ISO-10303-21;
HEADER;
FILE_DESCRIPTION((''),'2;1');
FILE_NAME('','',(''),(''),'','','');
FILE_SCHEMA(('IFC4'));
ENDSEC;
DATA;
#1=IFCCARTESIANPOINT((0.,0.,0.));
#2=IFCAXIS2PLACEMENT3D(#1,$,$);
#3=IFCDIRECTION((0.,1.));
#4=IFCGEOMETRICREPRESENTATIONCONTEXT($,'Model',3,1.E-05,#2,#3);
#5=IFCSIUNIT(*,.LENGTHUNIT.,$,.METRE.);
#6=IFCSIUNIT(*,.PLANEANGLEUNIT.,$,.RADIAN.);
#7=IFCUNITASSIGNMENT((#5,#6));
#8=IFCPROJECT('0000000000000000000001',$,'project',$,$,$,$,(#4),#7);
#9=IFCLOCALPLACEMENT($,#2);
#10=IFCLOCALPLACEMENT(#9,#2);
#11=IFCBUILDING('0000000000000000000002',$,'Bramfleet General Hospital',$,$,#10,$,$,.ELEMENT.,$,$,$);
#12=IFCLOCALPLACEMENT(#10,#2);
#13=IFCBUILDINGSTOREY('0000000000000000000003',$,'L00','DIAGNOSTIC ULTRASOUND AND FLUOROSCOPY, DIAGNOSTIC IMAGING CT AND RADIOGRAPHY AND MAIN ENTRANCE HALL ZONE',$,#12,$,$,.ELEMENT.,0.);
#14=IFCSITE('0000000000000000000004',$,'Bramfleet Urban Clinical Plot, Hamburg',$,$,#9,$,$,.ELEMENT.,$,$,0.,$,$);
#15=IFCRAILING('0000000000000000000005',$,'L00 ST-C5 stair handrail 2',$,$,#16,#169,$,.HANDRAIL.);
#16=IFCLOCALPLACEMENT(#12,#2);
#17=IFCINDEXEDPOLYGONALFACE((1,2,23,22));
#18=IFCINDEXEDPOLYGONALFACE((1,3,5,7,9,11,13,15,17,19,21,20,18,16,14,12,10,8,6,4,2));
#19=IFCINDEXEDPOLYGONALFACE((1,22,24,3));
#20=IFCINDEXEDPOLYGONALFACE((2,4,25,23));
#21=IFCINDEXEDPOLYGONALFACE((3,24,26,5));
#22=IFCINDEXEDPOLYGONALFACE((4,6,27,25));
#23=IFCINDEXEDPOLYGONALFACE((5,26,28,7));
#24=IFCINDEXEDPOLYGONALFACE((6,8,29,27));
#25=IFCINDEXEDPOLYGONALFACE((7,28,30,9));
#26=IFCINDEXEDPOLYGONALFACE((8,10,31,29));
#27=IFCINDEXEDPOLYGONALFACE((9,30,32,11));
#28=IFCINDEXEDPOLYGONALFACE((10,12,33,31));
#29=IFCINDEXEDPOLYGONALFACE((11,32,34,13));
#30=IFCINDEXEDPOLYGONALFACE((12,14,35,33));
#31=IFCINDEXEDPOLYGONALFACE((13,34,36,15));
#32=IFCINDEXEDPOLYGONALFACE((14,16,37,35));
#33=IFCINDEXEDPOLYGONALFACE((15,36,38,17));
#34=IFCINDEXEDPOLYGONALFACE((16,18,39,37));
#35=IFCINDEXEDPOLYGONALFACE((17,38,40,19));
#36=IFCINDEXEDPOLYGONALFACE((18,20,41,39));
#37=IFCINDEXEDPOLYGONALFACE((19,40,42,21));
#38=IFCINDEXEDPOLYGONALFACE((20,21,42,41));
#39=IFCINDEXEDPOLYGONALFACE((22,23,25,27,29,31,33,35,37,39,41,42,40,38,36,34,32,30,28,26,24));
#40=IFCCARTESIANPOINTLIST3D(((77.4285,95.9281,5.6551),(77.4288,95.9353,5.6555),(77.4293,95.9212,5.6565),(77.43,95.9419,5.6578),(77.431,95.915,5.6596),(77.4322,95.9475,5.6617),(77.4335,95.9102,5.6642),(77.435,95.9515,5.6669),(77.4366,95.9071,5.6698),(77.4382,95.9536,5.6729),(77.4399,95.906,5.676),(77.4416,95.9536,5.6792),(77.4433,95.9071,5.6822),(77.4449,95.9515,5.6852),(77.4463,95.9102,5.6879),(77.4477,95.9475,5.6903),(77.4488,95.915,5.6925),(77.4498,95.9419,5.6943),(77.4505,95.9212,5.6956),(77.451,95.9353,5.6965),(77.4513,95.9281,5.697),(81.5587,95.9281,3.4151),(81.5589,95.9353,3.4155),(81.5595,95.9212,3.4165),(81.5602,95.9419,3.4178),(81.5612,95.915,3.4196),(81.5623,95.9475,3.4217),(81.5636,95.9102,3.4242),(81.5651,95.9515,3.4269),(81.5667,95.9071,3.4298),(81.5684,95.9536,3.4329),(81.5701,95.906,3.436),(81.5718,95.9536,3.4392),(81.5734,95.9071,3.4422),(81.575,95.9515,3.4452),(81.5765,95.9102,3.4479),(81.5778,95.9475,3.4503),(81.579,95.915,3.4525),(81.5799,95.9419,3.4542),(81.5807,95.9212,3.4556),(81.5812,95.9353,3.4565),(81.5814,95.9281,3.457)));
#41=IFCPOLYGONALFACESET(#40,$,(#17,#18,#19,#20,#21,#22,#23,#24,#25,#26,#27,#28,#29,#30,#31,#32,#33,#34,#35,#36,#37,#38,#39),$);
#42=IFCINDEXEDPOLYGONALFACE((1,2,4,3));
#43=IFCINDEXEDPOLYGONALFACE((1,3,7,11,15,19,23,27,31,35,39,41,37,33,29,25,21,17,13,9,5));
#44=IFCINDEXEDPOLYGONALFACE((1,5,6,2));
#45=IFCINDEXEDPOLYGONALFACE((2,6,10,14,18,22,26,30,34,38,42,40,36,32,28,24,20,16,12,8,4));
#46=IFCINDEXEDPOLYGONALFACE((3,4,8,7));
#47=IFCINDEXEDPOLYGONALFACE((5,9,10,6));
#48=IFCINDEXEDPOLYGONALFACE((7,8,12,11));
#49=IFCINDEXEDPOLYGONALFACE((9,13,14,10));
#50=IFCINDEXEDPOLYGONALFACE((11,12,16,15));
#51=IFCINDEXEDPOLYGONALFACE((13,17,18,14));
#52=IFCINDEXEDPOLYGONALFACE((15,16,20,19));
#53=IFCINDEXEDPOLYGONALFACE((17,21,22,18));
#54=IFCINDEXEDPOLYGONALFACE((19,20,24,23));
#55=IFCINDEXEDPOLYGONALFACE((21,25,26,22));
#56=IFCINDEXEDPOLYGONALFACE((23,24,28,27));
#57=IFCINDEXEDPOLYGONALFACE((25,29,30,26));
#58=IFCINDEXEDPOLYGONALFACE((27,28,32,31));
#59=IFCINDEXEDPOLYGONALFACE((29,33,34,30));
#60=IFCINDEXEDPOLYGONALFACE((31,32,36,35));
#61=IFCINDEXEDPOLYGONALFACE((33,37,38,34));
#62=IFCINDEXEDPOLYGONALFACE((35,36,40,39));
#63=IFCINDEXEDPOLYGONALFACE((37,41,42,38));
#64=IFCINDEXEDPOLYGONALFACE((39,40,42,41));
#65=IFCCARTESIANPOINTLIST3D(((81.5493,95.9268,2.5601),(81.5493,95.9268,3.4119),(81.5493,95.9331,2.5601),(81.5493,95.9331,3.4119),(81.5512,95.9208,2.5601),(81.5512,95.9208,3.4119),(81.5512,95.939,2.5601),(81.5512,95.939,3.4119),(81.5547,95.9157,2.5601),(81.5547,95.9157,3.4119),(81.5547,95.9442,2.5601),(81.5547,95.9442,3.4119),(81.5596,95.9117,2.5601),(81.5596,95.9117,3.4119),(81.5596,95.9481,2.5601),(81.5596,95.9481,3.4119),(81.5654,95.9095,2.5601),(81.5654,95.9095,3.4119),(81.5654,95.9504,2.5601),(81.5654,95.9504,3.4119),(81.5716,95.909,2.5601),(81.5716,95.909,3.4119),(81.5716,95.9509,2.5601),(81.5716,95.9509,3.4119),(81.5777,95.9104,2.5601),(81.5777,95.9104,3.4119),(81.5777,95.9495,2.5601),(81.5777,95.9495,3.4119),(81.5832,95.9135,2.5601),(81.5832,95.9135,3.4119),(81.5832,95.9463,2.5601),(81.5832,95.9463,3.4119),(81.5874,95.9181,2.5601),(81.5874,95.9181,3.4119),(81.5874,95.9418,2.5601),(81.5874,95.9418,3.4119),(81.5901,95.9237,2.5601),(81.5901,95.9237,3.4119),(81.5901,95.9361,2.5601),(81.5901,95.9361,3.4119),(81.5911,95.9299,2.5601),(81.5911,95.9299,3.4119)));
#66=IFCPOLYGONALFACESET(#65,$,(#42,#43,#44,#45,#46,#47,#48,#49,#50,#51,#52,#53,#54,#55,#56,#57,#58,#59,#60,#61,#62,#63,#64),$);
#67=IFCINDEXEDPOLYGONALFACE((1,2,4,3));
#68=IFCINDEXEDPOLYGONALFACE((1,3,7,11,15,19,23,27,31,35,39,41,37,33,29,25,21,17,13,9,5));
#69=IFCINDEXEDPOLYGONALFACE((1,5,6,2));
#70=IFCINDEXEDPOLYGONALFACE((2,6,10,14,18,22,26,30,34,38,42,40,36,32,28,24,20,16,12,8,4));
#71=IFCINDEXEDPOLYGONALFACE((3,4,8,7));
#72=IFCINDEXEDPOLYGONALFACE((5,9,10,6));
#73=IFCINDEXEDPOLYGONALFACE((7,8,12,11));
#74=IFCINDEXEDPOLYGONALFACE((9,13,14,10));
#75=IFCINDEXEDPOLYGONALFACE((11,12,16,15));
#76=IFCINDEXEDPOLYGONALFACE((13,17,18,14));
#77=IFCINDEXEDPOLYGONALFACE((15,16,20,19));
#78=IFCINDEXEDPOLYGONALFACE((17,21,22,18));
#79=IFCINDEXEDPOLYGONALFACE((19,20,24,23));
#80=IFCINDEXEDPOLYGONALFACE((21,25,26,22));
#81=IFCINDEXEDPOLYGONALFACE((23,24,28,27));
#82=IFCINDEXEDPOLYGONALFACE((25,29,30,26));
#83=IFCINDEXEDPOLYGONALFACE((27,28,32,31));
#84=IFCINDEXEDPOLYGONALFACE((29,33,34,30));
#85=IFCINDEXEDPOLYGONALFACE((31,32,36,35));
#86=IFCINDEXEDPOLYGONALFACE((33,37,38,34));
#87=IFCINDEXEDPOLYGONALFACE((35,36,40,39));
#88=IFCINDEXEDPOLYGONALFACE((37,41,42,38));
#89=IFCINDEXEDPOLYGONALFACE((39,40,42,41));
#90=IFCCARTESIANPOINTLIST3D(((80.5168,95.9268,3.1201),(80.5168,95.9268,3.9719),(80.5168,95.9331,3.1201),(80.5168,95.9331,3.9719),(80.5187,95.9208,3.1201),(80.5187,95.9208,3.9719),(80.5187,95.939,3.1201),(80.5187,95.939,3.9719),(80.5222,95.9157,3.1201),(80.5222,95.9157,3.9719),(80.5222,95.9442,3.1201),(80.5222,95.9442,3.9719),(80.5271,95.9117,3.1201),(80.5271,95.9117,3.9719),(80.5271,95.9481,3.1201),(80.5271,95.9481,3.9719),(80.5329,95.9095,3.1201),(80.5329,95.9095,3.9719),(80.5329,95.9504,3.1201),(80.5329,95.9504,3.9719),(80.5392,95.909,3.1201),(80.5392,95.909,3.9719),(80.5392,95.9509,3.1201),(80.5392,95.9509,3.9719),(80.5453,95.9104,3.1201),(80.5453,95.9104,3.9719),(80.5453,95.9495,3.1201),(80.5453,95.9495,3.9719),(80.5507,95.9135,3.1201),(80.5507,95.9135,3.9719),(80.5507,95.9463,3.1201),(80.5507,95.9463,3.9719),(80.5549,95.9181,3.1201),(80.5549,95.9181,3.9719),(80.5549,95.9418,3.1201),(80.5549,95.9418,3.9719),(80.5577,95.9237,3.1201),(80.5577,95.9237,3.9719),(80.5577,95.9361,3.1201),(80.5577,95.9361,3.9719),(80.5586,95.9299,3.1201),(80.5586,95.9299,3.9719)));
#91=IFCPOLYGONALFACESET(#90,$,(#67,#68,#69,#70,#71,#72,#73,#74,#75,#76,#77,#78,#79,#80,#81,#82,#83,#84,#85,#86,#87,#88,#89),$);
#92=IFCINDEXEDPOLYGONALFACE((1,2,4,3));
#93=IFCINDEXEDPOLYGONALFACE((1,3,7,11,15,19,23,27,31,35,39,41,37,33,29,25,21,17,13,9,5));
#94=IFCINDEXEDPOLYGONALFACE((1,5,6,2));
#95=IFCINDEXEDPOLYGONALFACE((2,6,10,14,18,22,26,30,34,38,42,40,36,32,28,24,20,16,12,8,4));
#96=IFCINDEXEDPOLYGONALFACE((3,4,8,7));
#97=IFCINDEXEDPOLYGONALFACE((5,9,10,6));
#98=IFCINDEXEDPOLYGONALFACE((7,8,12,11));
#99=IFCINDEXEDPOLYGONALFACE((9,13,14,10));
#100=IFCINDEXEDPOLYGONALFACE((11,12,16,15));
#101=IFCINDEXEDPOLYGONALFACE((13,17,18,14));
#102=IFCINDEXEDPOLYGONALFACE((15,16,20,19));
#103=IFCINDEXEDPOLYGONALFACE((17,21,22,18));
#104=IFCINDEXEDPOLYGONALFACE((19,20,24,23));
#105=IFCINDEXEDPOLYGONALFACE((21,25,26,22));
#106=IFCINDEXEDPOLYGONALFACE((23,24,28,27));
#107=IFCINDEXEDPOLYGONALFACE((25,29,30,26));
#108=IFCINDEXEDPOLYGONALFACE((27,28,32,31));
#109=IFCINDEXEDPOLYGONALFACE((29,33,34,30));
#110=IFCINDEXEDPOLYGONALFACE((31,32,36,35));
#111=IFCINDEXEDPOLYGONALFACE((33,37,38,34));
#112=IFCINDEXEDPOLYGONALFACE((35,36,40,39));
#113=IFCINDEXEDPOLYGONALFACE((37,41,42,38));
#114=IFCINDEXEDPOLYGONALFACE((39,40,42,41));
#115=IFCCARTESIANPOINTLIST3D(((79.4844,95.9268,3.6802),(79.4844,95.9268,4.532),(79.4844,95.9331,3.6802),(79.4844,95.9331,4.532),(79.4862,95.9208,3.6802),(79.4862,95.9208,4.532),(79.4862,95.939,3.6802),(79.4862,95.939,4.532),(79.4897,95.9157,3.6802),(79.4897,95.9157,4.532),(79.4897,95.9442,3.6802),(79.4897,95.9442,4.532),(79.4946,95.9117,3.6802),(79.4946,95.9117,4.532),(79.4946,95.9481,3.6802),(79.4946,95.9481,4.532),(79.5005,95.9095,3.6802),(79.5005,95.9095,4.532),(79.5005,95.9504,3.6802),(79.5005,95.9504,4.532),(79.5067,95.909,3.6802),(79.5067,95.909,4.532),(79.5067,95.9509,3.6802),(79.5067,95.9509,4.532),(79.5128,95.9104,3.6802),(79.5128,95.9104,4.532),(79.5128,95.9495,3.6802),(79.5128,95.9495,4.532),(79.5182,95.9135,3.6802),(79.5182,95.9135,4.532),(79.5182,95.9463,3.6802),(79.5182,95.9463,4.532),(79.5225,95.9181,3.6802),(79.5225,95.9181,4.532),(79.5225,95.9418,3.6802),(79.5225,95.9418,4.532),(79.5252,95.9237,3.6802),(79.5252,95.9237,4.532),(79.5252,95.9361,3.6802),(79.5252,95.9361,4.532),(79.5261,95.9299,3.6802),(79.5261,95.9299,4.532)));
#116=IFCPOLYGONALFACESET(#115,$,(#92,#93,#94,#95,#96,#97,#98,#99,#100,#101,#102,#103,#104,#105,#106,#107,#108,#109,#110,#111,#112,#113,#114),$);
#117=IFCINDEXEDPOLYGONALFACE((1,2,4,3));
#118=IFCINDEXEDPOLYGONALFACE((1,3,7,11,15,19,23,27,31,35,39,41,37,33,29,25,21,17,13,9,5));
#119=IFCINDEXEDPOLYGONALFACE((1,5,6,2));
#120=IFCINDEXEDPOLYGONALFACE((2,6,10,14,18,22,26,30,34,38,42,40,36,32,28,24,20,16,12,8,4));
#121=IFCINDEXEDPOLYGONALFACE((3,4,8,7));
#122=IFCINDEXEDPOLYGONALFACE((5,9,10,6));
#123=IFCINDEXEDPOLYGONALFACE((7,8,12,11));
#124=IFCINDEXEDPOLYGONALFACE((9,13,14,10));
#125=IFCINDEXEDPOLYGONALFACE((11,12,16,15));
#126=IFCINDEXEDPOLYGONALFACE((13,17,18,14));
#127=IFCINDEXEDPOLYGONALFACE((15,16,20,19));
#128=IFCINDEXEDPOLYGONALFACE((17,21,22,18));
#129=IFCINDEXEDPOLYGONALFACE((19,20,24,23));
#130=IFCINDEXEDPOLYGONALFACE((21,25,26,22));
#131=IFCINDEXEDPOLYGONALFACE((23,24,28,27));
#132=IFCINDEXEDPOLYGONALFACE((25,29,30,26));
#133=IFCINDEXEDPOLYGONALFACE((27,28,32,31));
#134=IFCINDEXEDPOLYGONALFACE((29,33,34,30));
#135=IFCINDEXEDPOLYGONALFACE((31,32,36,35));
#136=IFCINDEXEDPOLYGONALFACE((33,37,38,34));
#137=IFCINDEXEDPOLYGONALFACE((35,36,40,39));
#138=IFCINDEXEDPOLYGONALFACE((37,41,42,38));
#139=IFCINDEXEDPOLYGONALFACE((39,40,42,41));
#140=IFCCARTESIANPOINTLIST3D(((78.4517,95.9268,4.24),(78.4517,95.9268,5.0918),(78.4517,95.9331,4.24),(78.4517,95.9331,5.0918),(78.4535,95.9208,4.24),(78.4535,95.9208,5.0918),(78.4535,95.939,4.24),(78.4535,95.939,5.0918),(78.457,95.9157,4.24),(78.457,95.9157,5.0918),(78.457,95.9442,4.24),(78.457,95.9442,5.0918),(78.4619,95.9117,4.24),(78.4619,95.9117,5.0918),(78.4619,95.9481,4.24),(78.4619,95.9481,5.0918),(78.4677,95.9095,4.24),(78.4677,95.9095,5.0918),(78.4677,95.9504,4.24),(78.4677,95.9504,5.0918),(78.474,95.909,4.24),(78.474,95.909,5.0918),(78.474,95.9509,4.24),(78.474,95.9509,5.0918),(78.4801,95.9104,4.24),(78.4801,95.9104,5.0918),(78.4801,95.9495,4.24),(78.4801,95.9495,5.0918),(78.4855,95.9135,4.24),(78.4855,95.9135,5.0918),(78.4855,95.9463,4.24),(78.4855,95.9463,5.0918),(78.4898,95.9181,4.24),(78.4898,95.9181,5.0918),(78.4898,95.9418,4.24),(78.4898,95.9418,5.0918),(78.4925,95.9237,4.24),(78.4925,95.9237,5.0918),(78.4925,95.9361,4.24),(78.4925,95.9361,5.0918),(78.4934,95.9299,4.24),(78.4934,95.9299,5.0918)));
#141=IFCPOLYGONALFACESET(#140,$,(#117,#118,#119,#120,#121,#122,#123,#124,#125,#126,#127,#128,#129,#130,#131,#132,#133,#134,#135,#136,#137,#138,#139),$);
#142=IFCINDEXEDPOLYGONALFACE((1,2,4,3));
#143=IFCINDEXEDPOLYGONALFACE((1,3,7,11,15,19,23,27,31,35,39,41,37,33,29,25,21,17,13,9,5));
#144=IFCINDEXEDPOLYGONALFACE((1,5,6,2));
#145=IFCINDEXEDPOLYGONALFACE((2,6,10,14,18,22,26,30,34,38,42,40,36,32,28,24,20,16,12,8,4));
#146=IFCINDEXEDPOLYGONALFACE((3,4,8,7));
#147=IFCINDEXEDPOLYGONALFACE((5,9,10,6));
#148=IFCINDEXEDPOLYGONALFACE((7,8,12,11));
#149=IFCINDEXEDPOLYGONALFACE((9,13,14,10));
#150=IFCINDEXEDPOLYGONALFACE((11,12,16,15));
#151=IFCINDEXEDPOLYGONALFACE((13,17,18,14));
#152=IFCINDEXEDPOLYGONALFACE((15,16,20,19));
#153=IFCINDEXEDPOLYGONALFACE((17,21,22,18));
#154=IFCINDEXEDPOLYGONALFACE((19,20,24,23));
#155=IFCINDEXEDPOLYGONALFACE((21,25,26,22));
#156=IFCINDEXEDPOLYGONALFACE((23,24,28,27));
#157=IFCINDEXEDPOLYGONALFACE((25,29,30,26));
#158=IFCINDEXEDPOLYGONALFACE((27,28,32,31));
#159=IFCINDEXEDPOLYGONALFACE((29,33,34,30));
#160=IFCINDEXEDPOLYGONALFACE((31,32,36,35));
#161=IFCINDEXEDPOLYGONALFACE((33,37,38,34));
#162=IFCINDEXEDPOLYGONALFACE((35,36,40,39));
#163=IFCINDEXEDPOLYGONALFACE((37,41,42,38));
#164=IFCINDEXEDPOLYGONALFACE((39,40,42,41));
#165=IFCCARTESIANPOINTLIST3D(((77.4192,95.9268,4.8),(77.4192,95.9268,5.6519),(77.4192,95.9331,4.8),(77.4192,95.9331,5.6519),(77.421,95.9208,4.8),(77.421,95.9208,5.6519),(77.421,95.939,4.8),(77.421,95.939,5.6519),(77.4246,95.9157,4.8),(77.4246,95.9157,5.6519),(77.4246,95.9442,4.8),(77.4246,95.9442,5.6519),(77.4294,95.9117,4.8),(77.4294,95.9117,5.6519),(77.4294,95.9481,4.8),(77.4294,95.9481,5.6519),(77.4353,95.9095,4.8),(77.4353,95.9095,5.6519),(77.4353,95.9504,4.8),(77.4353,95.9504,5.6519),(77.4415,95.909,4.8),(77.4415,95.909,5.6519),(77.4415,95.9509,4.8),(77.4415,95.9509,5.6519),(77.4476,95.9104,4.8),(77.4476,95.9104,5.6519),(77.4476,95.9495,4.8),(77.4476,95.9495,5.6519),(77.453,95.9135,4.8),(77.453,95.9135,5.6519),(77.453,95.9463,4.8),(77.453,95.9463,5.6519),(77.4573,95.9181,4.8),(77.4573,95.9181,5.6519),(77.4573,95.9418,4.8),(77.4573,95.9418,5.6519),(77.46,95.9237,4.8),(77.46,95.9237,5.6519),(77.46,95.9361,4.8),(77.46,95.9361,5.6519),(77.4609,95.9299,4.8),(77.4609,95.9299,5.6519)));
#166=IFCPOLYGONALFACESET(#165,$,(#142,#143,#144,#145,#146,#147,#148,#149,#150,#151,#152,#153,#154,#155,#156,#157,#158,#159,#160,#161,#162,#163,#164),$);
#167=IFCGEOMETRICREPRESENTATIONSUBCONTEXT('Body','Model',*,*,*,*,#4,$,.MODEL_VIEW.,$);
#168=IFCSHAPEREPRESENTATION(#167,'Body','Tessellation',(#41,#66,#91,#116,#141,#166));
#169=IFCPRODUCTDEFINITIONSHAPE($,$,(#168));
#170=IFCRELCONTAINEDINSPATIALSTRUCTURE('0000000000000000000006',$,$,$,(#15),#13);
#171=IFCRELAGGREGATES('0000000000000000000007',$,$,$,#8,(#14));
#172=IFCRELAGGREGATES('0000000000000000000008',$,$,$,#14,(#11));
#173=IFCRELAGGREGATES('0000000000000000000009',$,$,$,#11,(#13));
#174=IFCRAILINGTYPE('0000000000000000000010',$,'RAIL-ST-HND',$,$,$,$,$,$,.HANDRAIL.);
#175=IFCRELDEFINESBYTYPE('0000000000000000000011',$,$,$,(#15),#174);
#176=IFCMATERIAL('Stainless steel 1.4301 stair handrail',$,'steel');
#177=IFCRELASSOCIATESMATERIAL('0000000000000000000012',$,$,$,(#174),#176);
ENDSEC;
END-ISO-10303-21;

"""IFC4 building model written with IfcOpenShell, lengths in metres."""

from ifc_helpers import new_model, si_unit, direction, frame, origin, origin_2d, place, context, subcontext, project, spatial, circle, extrude, material, type_object, element, save


model = new_model("IFC4")

# Units and contexts
model_context = context("Model", 3, precision=1e-05, world=origin(), true_north=direction((0.0, 1.0)))
body_context = subcontext(model_context, "Body", "Model", "MODEL_VIEW")
ifc_project = project(units=[si_unit("LENGTHUNIT", "METRE"), si_unit("PLANEANGLEUNIT", "RADIAN")], contexts=[model_context])

# Site, building, storey
site_placement = place(None, origin())
site = spatial("IfcSite", under=ifc_project, at=site_placement, Name="Bramfleet Urban Clinical Plot, Hamburg", CompositionType="ELEMENT", RefElevation=0.0)
building_placement = place(site_placement, origin())
building = spatial("IfcBuilding", under=site, at=building_placement, Name="Bramfleet General Hospital", CompositionType="ELEMENT")
storey_placement = place(building_placement, origin())
storey = spatial("IfcBuildingStorey", under=building, at=storey_placement, Name="L00", Description="DIAGNOSTIC ULTRASOUND AND FLUOROSCOPY, DIAGNOSTIC IMAGING CT AND RADIOGRAPHY AND MAIN ENTRANCE HALL ZONE", CompositionType="ELEMENT", Elevation=0.0)

# Railing
ifc_material_1 = material(Name="Stainless steel 1.4301 stair handrail", Category="steel")
railing_type_1 = type_object("IfcRailingType", Name="RAIL-ST-HND", PredefinedType="HANDRAIL", material=ifc_material_1)
railing_1_placement = place(storey_placement, frame((81.5701, 95.9299, 2.5601)))
element("IfcRailing", 1, at=railing_1_placement, inside=storey, type_object=railing_type_1, Name="L00 ST-C5 stair handrail 2", PredefinedType="HANDRAIL", context=body_context, shape_type="SweptSolid", body=[
    extrude(circle(Radius=0.0239, at=origin_2d()), frame((0.0, 0.0, 0.876), z_axis=(-0.879039, 0.0, 0.47675), x_axis=(0.0, -1.0, 0.0)), (0.0, 0.0, 1.0), 4.6985),
    extrude(circle(Radius=0.021, at=origin_2d()), origin(), (0.0, 0.0, 1.0), 0.8518),
    extrude(circle(Radius=0.021, at=origin_2d()), frame((-1.0325, 0.0, 0.5601)), (0.0, 0.0, 1.0), 0.8518),
    extrude(circle(Radius=0.021, at=origin_2d()), frame((-2.0649, 0.0, 1.1201)), (0.0, 0.0, 1.0), 0.8518),
    extrude(circle(Radius=0.021, at=origin_2d()), frame((-3.0977, 0.0, 1.6799)), (0.0, 0.0, 1.0), 0.8518),
    extrude(circle(Radius=0.021, at=origin_2d()), frame((-4.1301, 0.0, 2.24)), (0.0, 0.0, 1.0), 0.8518),
])

save(model, "model.ifc")
